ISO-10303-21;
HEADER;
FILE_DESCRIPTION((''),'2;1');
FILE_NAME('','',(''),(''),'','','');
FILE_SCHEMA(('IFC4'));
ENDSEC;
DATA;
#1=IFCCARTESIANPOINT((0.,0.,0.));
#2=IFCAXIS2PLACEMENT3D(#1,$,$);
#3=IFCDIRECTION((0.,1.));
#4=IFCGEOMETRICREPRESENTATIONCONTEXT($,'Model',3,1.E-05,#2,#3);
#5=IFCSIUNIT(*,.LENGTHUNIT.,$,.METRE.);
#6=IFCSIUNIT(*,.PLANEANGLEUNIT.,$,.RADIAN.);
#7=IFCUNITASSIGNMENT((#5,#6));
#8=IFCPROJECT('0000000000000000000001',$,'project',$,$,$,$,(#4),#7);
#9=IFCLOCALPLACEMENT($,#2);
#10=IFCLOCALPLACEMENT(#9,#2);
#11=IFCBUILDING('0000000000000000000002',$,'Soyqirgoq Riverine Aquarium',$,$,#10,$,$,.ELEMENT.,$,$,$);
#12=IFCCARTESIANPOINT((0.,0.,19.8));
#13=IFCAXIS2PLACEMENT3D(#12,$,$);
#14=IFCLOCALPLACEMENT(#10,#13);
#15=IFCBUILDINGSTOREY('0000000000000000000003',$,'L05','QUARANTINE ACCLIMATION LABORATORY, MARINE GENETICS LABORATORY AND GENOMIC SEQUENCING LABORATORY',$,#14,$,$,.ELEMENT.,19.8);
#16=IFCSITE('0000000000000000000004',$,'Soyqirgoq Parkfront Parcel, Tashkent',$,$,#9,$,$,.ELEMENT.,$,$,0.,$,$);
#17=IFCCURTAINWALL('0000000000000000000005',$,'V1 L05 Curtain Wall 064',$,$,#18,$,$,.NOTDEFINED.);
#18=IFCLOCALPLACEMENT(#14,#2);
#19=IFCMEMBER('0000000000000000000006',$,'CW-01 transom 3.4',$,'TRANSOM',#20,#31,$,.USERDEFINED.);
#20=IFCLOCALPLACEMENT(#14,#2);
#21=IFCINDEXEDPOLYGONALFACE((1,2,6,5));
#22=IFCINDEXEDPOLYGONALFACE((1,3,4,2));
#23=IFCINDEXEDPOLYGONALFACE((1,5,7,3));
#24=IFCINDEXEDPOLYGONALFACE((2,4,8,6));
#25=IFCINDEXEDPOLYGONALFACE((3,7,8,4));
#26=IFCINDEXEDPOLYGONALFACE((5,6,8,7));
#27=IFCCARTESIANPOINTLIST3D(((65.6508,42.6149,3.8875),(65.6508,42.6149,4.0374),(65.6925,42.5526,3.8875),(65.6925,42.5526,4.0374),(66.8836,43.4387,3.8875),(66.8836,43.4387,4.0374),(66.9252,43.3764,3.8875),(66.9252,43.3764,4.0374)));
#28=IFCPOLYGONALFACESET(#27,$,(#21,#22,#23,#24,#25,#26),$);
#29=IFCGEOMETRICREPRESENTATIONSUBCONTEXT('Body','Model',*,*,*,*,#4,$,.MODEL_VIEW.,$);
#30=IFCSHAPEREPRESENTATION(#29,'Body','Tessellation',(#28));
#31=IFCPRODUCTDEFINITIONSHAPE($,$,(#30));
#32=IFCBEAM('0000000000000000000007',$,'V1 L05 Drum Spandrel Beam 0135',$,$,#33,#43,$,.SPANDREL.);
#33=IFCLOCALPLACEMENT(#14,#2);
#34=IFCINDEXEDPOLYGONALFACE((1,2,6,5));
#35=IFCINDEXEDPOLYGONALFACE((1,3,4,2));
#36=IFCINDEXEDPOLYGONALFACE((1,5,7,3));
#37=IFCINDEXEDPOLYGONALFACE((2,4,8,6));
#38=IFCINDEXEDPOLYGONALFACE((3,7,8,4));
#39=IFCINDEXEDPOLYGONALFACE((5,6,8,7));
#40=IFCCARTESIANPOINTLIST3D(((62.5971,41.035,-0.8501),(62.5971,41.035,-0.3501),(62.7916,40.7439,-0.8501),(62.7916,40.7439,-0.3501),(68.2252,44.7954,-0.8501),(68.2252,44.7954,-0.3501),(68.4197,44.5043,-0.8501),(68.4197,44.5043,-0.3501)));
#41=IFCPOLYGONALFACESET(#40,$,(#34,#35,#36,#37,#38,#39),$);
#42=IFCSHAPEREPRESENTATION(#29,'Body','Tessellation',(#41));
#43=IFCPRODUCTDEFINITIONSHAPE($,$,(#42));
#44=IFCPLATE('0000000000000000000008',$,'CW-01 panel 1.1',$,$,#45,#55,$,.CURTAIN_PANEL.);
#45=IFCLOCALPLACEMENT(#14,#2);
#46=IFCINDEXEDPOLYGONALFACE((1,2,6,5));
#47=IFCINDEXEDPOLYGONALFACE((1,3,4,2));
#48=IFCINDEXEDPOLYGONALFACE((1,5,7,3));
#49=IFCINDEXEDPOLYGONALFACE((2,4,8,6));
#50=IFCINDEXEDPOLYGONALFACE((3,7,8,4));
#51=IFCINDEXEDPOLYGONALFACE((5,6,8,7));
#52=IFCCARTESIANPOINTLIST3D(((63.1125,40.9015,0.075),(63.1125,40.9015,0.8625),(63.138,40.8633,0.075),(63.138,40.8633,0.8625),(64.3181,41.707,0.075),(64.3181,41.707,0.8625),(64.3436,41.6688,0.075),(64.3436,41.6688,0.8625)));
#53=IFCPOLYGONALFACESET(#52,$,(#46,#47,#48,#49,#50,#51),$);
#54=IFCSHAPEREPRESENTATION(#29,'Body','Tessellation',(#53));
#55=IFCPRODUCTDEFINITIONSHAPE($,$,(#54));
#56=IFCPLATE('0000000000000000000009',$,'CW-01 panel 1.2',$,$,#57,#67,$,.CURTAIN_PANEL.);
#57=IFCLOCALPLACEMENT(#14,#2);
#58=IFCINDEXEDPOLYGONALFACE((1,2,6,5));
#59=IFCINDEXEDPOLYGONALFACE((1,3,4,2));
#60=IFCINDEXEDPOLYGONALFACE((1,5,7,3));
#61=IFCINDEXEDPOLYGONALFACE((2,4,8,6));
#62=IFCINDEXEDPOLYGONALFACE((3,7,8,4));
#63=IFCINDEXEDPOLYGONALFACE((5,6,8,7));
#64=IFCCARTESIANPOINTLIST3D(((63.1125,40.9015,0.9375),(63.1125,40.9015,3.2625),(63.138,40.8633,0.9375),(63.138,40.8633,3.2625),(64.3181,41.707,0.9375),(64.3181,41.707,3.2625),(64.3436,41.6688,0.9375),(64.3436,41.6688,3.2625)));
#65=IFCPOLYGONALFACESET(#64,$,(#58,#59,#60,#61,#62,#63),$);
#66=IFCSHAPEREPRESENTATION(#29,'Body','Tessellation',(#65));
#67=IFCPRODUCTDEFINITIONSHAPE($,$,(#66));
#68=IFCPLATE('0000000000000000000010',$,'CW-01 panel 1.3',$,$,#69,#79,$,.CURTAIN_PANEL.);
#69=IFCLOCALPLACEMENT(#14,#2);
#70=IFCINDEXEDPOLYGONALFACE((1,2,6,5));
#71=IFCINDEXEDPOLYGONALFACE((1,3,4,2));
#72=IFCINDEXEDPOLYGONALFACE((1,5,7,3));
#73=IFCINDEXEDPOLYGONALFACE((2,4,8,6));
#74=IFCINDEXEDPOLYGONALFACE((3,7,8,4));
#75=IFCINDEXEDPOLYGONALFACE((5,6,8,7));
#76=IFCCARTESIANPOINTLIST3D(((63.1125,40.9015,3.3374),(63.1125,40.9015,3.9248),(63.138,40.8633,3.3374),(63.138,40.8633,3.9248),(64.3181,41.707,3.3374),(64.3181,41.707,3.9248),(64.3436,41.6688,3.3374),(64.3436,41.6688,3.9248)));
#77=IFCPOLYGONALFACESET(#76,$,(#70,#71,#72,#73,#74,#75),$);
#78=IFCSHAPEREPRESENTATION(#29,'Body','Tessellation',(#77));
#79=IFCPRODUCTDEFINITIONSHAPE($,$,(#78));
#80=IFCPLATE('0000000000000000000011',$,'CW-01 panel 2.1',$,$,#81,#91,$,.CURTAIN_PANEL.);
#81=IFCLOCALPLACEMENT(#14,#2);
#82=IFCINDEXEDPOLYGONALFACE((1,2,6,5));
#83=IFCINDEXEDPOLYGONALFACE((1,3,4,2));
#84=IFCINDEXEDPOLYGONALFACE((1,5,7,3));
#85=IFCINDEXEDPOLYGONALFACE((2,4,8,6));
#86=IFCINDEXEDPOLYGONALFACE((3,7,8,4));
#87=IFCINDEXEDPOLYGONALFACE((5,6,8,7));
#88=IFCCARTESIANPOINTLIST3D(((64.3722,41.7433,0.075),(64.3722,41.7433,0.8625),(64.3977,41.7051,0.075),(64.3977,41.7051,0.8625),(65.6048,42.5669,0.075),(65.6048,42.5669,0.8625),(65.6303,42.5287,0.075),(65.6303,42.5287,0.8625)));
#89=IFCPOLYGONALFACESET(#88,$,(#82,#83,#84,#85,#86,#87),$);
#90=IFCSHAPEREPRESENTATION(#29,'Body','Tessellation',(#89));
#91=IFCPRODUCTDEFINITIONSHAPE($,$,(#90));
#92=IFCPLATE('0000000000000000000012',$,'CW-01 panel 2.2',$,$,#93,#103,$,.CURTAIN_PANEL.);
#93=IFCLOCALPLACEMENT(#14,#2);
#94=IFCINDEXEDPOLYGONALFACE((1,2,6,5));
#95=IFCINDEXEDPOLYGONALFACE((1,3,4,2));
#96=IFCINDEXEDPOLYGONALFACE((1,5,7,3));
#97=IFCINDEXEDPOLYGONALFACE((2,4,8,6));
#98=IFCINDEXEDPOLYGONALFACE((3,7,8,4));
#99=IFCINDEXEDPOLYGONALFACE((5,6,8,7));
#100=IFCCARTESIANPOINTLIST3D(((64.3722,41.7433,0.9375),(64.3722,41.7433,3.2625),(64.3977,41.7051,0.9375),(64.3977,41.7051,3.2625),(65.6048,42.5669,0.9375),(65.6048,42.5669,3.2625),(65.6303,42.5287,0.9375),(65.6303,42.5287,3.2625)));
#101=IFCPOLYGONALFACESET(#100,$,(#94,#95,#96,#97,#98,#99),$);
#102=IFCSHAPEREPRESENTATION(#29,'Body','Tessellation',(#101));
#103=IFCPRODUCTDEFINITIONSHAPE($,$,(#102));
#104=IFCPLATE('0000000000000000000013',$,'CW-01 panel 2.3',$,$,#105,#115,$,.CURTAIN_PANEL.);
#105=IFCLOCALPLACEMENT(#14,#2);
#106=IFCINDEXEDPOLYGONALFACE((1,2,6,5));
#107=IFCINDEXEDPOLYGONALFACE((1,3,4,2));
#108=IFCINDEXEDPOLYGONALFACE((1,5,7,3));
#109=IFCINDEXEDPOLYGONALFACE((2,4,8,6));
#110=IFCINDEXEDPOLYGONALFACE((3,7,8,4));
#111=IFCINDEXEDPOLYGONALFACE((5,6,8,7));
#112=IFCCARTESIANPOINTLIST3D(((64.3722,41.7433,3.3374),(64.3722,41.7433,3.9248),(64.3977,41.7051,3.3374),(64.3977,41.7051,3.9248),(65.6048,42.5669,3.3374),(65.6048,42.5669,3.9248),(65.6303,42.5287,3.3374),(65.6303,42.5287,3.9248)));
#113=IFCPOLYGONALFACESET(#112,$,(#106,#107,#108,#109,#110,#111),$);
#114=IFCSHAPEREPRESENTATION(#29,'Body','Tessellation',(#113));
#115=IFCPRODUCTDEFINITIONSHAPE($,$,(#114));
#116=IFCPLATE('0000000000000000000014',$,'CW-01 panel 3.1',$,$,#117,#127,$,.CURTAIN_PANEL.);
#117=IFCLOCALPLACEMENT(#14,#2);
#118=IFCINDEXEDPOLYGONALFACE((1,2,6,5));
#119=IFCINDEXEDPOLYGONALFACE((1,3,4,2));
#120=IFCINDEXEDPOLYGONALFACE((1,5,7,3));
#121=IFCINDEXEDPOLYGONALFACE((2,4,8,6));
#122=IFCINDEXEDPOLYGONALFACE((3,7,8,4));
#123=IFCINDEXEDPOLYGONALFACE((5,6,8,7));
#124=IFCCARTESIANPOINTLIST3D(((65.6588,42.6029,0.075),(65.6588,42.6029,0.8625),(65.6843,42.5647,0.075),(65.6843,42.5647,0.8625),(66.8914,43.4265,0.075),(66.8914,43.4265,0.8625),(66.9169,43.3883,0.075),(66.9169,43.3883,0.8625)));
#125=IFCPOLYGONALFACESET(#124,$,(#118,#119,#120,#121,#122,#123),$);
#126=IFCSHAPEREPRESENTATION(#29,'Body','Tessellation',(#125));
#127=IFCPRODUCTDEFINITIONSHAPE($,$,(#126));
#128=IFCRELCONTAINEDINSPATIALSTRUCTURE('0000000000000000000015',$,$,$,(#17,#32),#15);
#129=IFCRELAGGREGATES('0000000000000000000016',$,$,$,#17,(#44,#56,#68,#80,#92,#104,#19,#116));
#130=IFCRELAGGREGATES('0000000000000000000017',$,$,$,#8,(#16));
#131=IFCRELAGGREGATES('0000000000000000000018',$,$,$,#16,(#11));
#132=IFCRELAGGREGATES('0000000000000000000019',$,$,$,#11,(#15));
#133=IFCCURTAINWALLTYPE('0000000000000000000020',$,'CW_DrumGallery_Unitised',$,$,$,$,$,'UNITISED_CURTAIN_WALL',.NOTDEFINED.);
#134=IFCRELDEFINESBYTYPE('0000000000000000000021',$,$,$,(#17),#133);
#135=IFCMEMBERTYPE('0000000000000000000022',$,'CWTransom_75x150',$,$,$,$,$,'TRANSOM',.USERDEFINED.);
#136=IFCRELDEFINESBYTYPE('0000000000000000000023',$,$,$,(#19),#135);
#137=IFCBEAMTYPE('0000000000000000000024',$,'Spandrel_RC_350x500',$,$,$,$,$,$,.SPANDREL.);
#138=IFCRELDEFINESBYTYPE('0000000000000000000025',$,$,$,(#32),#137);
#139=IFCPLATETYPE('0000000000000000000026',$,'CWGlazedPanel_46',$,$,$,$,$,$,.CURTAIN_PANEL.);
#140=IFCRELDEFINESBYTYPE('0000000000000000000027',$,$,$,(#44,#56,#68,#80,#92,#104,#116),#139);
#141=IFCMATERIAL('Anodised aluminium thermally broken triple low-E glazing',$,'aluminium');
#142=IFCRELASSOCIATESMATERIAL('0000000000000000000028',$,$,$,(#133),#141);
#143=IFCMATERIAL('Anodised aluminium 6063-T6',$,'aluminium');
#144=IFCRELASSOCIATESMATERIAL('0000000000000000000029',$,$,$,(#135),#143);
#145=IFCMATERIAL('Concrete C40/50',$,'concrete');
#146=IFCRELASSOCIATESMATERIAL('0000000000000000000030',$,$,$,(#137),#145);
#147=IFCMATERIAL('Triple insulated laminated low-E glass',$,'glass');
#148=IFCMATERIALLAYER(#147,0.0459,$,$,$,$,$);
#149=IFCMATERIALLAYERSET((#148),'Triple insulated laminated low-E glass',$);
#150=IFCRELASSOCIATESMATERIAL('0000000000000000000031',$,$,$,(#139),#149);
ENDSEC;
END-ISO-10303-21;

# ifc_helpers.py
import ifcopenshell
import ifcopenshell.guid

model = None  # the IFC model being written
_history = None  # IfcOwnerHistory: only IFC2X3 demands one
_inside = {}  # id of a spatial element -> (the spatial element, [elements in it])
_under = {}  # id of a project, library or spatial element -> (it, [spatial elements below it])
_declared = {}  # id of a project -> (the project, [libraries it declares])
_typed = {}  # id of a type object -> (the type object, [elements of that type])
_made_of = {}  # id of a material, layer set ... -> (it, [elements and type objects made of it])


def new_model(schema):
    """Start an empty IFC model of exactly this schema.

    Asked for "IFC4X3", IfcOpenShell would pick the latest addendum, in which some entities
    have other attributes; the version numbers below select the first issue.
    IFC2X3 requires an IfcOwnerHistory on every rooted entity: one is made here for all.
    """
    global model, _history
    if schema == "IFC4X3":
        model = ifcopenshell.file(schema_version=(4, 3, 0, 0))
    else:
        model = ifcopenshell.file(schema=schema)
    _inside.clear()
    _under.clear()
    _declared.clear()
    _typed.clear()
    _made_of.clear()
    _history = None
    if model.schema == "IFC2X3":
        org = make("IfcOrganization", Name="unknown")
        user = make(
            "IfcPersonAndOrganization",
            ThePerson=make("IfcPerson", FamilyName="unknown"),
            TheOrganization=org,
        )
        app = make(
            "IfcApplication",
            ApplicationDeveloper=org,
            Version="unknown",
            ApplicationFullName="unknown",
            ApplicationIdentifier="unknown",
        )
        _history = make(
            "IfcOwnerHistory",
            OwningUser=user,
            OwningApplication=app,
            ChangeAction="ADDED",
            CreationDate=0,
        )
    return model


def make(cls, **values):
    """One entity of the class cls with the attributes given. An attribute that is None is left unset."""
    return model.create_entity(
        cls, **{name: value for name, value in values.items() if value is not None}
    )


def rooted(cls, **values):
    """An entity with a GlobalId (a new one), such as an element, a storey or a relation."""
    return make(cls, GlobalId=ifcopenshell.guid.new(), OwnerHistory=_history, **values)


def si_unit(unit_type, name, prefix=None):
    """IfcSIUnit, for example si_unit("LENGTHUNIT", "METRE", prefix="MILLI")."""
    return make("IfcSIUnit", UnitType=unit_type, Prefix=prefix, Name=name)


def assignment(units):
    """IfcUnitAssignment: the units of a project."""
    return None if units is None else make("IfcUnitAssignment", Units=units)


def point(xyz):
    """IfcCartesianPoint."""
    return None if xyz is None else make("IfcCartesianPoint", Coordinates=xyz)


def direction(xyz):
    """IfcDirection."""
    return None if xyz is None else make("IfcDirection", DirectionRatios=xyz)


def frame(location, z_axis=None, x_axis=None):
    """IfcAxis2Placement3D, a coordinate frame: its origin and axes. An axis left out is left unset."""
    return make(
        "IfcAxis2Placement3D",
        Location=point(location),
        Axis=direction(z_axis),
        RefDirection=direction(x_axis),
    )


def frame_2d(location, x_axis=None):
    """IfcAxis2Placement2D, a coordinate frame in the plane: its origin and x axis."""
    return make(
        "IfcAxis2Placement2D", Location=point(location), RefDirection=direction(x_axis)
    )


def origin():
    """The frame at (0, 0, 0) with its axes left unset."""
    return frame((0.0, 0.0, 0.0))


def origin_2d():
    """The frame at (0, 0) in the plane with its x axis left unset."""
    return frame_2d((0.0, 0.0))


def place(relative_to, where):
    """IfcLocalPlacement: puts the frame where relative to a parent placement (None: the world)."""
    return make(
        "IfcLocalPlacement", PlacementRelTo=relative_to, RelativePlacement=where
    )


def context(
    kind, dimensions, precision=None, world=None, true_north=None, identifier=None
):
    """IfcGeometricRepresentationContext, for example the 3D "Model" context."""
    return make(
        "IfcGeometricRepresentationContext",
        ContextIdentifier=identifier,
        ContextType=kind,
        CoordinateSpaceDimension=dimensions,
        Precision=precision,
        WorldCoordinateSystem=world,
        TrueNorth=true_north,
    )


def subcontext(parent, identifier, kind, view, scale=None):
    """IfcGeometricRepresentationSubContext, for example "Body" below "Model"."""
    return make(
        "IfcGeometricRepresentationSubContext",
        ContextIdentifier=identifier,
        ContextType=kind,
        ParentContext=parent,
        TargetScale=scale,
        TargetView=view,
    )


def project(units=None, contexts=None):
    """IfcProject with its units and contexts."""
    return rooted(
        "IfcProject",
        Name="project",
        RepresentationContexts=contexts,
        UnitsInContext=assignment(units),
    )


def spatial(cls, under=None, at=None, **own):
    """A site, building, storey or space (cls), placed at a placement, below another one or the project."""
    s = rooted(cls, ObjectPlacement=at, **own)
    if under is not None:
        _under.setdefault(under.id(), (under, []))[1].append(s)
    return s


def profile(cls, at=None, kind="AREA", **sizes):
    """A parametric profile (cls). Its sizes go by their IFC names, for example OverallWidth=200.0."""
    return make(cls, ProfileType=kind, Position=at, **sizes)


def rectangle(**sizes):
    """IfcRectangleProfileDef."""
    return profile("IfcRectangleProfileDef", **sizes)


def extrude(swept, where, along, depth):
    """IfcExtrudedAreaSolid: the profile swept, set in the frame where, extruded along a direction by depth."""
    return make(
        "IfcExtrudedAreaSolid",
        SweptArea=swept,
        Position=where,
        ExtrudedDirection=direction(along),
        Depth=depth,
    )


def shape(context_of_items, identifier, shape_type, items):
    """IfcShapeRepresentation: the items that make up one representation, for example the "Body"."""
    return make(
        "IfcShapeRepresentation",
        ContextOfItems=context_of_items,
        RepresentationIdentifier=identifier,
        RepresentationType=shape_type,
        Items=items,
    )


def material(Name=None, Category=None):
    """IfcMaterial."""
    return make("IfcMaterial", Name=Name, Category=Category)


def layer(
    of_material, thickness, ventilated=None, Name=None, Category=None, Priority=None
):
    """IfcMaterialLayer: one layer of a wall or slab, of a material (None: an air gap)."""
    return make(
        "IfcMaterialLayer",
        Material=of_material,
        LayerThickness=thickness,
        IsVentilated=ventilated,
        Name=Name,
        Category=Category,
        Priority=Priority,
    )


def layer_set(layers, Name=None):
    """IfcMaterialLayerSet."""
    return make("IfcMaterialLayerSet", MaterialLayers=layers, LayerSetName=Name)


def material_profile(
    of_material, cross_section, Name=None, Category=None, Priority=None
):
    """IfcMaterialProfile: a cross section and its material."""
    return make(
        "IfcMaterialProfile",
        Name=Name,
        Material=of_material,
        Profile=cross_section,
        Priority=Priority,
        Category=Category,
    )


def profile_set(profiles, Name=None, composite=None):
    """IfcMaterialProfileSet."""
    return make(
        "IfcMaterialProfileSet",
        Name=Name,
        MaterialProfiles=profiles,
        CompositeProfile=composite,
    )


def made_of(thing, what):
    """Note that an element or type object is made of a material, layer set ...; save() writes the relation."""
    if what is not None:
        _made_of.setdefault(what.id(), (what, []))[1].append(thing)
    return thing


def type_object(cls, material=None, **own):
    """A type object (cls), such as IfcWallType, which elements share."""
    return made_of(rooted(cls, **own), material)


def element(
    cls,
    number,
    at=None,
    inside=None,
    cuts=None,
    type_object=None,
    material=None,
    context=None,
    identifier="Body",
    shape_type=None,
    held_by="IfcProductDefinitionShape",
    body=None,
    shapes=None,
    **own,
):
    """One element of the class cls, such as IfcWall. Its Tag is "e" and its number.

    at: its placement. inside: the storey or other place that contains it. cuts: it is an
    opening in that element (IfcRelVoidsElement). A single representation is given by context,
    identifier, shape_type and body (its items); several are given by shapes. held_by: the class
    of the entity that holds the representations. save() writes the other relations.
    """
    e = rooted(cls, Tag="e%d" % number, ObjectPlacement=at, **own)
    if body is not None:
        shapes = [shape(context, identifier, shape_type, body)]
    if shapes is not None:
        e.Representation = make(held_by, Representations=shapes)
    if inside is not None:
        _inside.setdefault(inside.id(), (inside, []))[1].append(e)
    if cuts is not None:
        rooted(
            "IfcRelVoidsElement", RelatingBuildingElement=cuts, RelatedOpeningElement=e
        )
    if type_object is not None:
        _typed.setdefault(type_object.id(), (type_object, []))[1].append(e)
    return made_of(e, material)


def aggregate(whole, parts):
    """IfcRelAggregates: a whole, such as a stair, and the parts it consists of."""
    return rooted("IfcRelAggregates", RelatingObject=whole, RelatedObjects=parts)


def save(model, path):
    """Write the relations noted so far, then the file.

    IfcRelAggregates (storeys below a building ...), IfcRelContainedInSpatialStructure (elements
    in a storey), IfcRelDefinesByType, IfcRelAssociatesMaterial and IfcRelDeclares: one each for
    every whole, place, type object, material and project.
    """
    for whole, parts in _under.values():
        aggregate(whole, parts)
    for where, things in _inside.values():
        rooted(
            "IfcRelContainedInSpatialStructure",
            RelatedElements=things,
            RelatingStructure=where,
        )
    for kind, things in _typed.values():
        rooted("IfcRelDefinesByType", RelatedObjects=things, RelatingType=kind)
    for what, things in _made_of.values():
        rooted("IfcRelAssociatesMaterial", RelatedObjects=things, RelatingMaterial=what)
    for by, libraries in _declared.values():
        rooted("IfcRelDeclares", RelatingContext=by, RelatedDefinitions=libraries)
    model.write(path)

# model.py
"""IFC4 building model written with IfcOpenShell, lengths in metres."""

from ifc_helpers import new_model, si_unit, direction, frame, origin, origin_2d, place, context, subcontext, project, spatial, rectangle, extrude, material, layer, layer_set, material_profile, profile_set, type_object, element, aggregate, save


model = new_model("IFC4")

# Units and contexts
model_context = context("Model", 3, precision=1e-05, world=origin(), true_north=direction((0.0, 1.0)))
body_context = subcontext(model_context, "Body", "Model", "MODEL_VIEW")
ifc_project = project(units=[si_unit("LENGTHUNIT", "METRE"), si_unit("PLANEANGLEUNIT", "RADIAN")], contexts=[model_context])

# Site, building, storey
site_placement = place(None, origin())
site = spatial("IfcSite", under=ifc_project, at=site_placement, Name="Soyqirgoq Parkfront Parcel, Tashkent", CompositionType="ELEMENT", RefElevation=0.0)
building_placement = place(site_placement, origin())
building = spatial("IfcBuilding", under=site, at=building_placement, Name="Soyqirgoq Riverine Aquarium", CompositionType="ELEMENT")
storey_placement = place(building_placement, frame((0.0, 0.0, 19.8)))
storey = spatial("IfcBuildingStorey", under=building, at=storey_placement, Name="L05", Description="QUARANTINE ACCLIMATION LABORATORY, MARINE GENETICS LABORATORY AND GENOMIC SEQUENCING LABORATORY", CompositionType="ELEMENT", Elevation=19.8)

# Curtain wall, member
ifc_material_1 = material(Name="Anodised aluminium thermally broken triple low-E glazing", Category="aluminium")
curtain_wall_type = type_object("IfcCurtainWallType", Name="CW_DrumGallery_Unitised", ElementType="UNITISED_CURTAIN_WALL", PredefinedType="NOTDEFINED", material=ifc_material_1)
curtain_wall_placement = place(storey_placement, origin())
curtain_wall = element("IfcCurtainWall", 1, at=curtain_wall_placement, inside=storey, type_object=curtain_wall_type, Name="V1 L05 Curtain Wall 064", PredefinedType="NOTDEFINED")
ifc_material_2 = material(Name="Anodised aluminium 6063-T6", Category="aluminium")
ifc_material_profile_1 = material_profile(ifc_material_2, rectangle(XDim=0.075, YDim=0.1499, at=origin_2d()), Name="ALU-T 75x150")
ifc_profile_set_1 = profile_set([ifc_material_profile_1], Name="Anodised aluminium 6063-T6")
member_type_1 = type_object("IfcMemberType", Name="CWTransom_75x150", ElementType="TRANSOM", PredefinedType="USERDEFINED", material=ifc_profile_set_1)
member_1_placement = place(storey_placement, frame((65.6716, 42.5837, 3.9624), z_axis=(0.831442, 0.555612, 0.0), x_axis=(-0.555612, 0.831442, 0.0)))
member_1 = element("IfcMember", 2, at=member_1_placement, type_object=member_type_1, Name="CW-01 transom 3.4", ObjectType="TRANSOM", PredefinedType="USERDEFINED", context=body_context, shape_type="SweptSolid", body=[
    extrude(rectangle(XDim=0.075, YDim=0.1499, at=origin_2d()), origin(), (0.0, 0.0, 1.0), 1.4827),
])

# Beam
ifc_material_3 = material(Name="Concrete C40/50", Category="concrete")
ifc_material_profile_2 = material_profile(ifc_material_3, rectangle(XDim=0.3501, YDim=0.5, at=origin_2d()), Name="RC 350x500")
ifc_profile_set_2 = profile_set([ifc_material_profile_2], Name="Concrete C40/50")
beam_type = type_object("IfcBeamType", Name="Spandrel_RC_350x500", PredefinedType="SPANDREL", material=ifc_profile_set_2)
beam_placement = place(storey_placement, frame((62.6943, 40.8894, -0.6001), z_axis=(0.831478, 0.555557, 0.0), x_axis=(-0.555557, 0.831478, 0.0)))
element("IfcBeam", 3, at=beam_placement, inside=storey, type_object=beam_type, Name="V1 L05 Drum Spandrel Beam 0135", PredefinedType="SPANDREL", context=body_context, shape_type="SweptSolid", body=[
    extrude(rectangle(XDim=0.3501, YDim=0.5, at=origin_2d()), origin(), (0.0, 0.0, 1.0), 6.7688),
])

# Plates
ifc_material_4 = material(Name="Triple insulated laminated low-E glass", Category="glass")
ifc_layer = layer(ifc_material_4, 0.0459)
ifc_layer_set = layer_set([ifc_layer], Name="Triple insulated laminated low-E glass")
plate_type = type_object("IfcPlateType", Name="CWGlazedPanel_46", PredefinedType="CURTAIN_PANEL", material=ifc_layer_set)
plate_1_placement = place(storey_placement, frame((63.728, 41.2852, 0.075), z_axis=(0.0, 0.0, 1.0), x_axis=(0.831476, 0.555561, 0.0)))
plate_1 = element("IfcPlate", 4, at=plate_1_placement, type_object=plate_type, Name="CW-01 panel 1.1", PredefinedType="CURTAIN_PANEL", context=body_context, shape_type="SweptSolid", body=[
    extrude(rectangle(XDim=1.45, YDim=0.0459, at=origin_2d()), origin(), (0.0, 0.0, 1.0), 0.7876),
])
plate_2_placement = place(storey_placement, frame((63.728, 41.2852, 0.9375), z_axis=(0.0, 0.0, 1.0), x_axis=(0.831476, 0.555561, 0.0)))
plate_2 = element("IfcPlate", 5, at=plate_2_placement, type_object=plate_type, Name="CW-01 panel 1.2", PredefinedType="CURTAIN_PANEL", context=body_context, shape_type="SweptSolid", body=[
    extrude(rectangle(XDim=1.45, YDim=0.0459, at=origin_2d()), origin(), (0.0, 0.0, 1.0), 2.325),
])
plate_3_placement = place(storey_placement, frame((63.728, 41.2852, 3.3374), z_axis=(0.0, 0.0, 1.0), x_axis=(0.831476, 0.555561, 0.0)))
plate_3 = element("IfcPlate", 6, at=plate_3_placement, type_object=plate_type, Name="CW-01 panel 1.3", PredefinedType="CURTAIN_PANEL", context=body_context, shape_type="SweptSolid", body=[
    extrude(rectangle(XDim=1.45, YDim=0.0459, at=origin_2d()), origin(), (0.0, 0.0, 1.0), 0.5874),
])
plate_4_placement = place(storey_placement, frame((65.0012, 42.136, 0.075), z_axis=(0.0, 0.0, 1.0), x_axis=(0.831476, 0.555561, 0.0)))
plate_4 = element("IfcPlate", 7, at=plate_4_placement, type_object=plate_type, Name="CW-01 panel 2.1", PredefinedType="CURTAIN_PANEL", context=body_context, shape_type="SweptSolid", body=[
    extrude(rectangle(XDim=1.4824, YDim=0.0459, at=origin_2d()), origin(), (0.0, 0.0, 1.0), 0.7876),
])
plate_5_placement = place(storey_placement, frame((65.0012, 42.136, 0.9375), z_axis=(0.0, 0.0, 1.0), x_axis=(0.831476, 0.555561, 0.0)))
plate_5 = element("IfcPlate", 8, at=plate_5_placement, type_object=plate_type, Name="CW-01 panel 2.2", PredefinedType="CURTAIN_PANEL", context=body_context, shape_type="SweptSolid", body=[
    extrude(rectangle(XDim=1.4824, YDim=0.0459, at=origin_2d()), origin(), (0.0, 0.0, 1.0), 2.325),
])
plate_6_placement = place(storey_placement, frame((65.0012, 42.136, 3.3374), z_axis=(0.0, 0.0, 1.0), x_axis=(0.831476, 0.555561, 0.0)))
plate_6 = element("IfcPlate", 9, at=plate_6_placement, type_object=plate_type, Name="CW-01 panel 2.3", PredefinedType="CURTAIN_PANEL", context=body_context, shape_type="SweptSolid", body=[
    extrude(rectangle(XDim=1.4824, YDim=0.0459, at=origin_2d()), origin(), (0.0, 0.0, 1.0), 0.5874),
])
plate_7_placement = place(storey_placement, frame((66.2878, 42.9956, 0.075), z_axis=(0.0, 0.0, 1.0), x_axis=(0.831476, 0.555561, 0.0)))
plate_7 = element("IfcPlate", 10, at=plate_7_placement, type_object=plate_type, Name="CW-01 panel 3.1", PredefinedType="CURTAIN_PANEL", context=body_context, shape_type="SweptSolid", body=[
    extrude(rectangle(XDim=1.4824, YDim=0.0459, at=origin_2d()), origin(), (0.0, 0.0, 1.0), 0.7876),
])
aggregate(curtain_wall, [plate_1, plate_2, plate_3, plate_4, plate_5, plate_6, member_1, plate_7])

save(model, "model.ifc")
